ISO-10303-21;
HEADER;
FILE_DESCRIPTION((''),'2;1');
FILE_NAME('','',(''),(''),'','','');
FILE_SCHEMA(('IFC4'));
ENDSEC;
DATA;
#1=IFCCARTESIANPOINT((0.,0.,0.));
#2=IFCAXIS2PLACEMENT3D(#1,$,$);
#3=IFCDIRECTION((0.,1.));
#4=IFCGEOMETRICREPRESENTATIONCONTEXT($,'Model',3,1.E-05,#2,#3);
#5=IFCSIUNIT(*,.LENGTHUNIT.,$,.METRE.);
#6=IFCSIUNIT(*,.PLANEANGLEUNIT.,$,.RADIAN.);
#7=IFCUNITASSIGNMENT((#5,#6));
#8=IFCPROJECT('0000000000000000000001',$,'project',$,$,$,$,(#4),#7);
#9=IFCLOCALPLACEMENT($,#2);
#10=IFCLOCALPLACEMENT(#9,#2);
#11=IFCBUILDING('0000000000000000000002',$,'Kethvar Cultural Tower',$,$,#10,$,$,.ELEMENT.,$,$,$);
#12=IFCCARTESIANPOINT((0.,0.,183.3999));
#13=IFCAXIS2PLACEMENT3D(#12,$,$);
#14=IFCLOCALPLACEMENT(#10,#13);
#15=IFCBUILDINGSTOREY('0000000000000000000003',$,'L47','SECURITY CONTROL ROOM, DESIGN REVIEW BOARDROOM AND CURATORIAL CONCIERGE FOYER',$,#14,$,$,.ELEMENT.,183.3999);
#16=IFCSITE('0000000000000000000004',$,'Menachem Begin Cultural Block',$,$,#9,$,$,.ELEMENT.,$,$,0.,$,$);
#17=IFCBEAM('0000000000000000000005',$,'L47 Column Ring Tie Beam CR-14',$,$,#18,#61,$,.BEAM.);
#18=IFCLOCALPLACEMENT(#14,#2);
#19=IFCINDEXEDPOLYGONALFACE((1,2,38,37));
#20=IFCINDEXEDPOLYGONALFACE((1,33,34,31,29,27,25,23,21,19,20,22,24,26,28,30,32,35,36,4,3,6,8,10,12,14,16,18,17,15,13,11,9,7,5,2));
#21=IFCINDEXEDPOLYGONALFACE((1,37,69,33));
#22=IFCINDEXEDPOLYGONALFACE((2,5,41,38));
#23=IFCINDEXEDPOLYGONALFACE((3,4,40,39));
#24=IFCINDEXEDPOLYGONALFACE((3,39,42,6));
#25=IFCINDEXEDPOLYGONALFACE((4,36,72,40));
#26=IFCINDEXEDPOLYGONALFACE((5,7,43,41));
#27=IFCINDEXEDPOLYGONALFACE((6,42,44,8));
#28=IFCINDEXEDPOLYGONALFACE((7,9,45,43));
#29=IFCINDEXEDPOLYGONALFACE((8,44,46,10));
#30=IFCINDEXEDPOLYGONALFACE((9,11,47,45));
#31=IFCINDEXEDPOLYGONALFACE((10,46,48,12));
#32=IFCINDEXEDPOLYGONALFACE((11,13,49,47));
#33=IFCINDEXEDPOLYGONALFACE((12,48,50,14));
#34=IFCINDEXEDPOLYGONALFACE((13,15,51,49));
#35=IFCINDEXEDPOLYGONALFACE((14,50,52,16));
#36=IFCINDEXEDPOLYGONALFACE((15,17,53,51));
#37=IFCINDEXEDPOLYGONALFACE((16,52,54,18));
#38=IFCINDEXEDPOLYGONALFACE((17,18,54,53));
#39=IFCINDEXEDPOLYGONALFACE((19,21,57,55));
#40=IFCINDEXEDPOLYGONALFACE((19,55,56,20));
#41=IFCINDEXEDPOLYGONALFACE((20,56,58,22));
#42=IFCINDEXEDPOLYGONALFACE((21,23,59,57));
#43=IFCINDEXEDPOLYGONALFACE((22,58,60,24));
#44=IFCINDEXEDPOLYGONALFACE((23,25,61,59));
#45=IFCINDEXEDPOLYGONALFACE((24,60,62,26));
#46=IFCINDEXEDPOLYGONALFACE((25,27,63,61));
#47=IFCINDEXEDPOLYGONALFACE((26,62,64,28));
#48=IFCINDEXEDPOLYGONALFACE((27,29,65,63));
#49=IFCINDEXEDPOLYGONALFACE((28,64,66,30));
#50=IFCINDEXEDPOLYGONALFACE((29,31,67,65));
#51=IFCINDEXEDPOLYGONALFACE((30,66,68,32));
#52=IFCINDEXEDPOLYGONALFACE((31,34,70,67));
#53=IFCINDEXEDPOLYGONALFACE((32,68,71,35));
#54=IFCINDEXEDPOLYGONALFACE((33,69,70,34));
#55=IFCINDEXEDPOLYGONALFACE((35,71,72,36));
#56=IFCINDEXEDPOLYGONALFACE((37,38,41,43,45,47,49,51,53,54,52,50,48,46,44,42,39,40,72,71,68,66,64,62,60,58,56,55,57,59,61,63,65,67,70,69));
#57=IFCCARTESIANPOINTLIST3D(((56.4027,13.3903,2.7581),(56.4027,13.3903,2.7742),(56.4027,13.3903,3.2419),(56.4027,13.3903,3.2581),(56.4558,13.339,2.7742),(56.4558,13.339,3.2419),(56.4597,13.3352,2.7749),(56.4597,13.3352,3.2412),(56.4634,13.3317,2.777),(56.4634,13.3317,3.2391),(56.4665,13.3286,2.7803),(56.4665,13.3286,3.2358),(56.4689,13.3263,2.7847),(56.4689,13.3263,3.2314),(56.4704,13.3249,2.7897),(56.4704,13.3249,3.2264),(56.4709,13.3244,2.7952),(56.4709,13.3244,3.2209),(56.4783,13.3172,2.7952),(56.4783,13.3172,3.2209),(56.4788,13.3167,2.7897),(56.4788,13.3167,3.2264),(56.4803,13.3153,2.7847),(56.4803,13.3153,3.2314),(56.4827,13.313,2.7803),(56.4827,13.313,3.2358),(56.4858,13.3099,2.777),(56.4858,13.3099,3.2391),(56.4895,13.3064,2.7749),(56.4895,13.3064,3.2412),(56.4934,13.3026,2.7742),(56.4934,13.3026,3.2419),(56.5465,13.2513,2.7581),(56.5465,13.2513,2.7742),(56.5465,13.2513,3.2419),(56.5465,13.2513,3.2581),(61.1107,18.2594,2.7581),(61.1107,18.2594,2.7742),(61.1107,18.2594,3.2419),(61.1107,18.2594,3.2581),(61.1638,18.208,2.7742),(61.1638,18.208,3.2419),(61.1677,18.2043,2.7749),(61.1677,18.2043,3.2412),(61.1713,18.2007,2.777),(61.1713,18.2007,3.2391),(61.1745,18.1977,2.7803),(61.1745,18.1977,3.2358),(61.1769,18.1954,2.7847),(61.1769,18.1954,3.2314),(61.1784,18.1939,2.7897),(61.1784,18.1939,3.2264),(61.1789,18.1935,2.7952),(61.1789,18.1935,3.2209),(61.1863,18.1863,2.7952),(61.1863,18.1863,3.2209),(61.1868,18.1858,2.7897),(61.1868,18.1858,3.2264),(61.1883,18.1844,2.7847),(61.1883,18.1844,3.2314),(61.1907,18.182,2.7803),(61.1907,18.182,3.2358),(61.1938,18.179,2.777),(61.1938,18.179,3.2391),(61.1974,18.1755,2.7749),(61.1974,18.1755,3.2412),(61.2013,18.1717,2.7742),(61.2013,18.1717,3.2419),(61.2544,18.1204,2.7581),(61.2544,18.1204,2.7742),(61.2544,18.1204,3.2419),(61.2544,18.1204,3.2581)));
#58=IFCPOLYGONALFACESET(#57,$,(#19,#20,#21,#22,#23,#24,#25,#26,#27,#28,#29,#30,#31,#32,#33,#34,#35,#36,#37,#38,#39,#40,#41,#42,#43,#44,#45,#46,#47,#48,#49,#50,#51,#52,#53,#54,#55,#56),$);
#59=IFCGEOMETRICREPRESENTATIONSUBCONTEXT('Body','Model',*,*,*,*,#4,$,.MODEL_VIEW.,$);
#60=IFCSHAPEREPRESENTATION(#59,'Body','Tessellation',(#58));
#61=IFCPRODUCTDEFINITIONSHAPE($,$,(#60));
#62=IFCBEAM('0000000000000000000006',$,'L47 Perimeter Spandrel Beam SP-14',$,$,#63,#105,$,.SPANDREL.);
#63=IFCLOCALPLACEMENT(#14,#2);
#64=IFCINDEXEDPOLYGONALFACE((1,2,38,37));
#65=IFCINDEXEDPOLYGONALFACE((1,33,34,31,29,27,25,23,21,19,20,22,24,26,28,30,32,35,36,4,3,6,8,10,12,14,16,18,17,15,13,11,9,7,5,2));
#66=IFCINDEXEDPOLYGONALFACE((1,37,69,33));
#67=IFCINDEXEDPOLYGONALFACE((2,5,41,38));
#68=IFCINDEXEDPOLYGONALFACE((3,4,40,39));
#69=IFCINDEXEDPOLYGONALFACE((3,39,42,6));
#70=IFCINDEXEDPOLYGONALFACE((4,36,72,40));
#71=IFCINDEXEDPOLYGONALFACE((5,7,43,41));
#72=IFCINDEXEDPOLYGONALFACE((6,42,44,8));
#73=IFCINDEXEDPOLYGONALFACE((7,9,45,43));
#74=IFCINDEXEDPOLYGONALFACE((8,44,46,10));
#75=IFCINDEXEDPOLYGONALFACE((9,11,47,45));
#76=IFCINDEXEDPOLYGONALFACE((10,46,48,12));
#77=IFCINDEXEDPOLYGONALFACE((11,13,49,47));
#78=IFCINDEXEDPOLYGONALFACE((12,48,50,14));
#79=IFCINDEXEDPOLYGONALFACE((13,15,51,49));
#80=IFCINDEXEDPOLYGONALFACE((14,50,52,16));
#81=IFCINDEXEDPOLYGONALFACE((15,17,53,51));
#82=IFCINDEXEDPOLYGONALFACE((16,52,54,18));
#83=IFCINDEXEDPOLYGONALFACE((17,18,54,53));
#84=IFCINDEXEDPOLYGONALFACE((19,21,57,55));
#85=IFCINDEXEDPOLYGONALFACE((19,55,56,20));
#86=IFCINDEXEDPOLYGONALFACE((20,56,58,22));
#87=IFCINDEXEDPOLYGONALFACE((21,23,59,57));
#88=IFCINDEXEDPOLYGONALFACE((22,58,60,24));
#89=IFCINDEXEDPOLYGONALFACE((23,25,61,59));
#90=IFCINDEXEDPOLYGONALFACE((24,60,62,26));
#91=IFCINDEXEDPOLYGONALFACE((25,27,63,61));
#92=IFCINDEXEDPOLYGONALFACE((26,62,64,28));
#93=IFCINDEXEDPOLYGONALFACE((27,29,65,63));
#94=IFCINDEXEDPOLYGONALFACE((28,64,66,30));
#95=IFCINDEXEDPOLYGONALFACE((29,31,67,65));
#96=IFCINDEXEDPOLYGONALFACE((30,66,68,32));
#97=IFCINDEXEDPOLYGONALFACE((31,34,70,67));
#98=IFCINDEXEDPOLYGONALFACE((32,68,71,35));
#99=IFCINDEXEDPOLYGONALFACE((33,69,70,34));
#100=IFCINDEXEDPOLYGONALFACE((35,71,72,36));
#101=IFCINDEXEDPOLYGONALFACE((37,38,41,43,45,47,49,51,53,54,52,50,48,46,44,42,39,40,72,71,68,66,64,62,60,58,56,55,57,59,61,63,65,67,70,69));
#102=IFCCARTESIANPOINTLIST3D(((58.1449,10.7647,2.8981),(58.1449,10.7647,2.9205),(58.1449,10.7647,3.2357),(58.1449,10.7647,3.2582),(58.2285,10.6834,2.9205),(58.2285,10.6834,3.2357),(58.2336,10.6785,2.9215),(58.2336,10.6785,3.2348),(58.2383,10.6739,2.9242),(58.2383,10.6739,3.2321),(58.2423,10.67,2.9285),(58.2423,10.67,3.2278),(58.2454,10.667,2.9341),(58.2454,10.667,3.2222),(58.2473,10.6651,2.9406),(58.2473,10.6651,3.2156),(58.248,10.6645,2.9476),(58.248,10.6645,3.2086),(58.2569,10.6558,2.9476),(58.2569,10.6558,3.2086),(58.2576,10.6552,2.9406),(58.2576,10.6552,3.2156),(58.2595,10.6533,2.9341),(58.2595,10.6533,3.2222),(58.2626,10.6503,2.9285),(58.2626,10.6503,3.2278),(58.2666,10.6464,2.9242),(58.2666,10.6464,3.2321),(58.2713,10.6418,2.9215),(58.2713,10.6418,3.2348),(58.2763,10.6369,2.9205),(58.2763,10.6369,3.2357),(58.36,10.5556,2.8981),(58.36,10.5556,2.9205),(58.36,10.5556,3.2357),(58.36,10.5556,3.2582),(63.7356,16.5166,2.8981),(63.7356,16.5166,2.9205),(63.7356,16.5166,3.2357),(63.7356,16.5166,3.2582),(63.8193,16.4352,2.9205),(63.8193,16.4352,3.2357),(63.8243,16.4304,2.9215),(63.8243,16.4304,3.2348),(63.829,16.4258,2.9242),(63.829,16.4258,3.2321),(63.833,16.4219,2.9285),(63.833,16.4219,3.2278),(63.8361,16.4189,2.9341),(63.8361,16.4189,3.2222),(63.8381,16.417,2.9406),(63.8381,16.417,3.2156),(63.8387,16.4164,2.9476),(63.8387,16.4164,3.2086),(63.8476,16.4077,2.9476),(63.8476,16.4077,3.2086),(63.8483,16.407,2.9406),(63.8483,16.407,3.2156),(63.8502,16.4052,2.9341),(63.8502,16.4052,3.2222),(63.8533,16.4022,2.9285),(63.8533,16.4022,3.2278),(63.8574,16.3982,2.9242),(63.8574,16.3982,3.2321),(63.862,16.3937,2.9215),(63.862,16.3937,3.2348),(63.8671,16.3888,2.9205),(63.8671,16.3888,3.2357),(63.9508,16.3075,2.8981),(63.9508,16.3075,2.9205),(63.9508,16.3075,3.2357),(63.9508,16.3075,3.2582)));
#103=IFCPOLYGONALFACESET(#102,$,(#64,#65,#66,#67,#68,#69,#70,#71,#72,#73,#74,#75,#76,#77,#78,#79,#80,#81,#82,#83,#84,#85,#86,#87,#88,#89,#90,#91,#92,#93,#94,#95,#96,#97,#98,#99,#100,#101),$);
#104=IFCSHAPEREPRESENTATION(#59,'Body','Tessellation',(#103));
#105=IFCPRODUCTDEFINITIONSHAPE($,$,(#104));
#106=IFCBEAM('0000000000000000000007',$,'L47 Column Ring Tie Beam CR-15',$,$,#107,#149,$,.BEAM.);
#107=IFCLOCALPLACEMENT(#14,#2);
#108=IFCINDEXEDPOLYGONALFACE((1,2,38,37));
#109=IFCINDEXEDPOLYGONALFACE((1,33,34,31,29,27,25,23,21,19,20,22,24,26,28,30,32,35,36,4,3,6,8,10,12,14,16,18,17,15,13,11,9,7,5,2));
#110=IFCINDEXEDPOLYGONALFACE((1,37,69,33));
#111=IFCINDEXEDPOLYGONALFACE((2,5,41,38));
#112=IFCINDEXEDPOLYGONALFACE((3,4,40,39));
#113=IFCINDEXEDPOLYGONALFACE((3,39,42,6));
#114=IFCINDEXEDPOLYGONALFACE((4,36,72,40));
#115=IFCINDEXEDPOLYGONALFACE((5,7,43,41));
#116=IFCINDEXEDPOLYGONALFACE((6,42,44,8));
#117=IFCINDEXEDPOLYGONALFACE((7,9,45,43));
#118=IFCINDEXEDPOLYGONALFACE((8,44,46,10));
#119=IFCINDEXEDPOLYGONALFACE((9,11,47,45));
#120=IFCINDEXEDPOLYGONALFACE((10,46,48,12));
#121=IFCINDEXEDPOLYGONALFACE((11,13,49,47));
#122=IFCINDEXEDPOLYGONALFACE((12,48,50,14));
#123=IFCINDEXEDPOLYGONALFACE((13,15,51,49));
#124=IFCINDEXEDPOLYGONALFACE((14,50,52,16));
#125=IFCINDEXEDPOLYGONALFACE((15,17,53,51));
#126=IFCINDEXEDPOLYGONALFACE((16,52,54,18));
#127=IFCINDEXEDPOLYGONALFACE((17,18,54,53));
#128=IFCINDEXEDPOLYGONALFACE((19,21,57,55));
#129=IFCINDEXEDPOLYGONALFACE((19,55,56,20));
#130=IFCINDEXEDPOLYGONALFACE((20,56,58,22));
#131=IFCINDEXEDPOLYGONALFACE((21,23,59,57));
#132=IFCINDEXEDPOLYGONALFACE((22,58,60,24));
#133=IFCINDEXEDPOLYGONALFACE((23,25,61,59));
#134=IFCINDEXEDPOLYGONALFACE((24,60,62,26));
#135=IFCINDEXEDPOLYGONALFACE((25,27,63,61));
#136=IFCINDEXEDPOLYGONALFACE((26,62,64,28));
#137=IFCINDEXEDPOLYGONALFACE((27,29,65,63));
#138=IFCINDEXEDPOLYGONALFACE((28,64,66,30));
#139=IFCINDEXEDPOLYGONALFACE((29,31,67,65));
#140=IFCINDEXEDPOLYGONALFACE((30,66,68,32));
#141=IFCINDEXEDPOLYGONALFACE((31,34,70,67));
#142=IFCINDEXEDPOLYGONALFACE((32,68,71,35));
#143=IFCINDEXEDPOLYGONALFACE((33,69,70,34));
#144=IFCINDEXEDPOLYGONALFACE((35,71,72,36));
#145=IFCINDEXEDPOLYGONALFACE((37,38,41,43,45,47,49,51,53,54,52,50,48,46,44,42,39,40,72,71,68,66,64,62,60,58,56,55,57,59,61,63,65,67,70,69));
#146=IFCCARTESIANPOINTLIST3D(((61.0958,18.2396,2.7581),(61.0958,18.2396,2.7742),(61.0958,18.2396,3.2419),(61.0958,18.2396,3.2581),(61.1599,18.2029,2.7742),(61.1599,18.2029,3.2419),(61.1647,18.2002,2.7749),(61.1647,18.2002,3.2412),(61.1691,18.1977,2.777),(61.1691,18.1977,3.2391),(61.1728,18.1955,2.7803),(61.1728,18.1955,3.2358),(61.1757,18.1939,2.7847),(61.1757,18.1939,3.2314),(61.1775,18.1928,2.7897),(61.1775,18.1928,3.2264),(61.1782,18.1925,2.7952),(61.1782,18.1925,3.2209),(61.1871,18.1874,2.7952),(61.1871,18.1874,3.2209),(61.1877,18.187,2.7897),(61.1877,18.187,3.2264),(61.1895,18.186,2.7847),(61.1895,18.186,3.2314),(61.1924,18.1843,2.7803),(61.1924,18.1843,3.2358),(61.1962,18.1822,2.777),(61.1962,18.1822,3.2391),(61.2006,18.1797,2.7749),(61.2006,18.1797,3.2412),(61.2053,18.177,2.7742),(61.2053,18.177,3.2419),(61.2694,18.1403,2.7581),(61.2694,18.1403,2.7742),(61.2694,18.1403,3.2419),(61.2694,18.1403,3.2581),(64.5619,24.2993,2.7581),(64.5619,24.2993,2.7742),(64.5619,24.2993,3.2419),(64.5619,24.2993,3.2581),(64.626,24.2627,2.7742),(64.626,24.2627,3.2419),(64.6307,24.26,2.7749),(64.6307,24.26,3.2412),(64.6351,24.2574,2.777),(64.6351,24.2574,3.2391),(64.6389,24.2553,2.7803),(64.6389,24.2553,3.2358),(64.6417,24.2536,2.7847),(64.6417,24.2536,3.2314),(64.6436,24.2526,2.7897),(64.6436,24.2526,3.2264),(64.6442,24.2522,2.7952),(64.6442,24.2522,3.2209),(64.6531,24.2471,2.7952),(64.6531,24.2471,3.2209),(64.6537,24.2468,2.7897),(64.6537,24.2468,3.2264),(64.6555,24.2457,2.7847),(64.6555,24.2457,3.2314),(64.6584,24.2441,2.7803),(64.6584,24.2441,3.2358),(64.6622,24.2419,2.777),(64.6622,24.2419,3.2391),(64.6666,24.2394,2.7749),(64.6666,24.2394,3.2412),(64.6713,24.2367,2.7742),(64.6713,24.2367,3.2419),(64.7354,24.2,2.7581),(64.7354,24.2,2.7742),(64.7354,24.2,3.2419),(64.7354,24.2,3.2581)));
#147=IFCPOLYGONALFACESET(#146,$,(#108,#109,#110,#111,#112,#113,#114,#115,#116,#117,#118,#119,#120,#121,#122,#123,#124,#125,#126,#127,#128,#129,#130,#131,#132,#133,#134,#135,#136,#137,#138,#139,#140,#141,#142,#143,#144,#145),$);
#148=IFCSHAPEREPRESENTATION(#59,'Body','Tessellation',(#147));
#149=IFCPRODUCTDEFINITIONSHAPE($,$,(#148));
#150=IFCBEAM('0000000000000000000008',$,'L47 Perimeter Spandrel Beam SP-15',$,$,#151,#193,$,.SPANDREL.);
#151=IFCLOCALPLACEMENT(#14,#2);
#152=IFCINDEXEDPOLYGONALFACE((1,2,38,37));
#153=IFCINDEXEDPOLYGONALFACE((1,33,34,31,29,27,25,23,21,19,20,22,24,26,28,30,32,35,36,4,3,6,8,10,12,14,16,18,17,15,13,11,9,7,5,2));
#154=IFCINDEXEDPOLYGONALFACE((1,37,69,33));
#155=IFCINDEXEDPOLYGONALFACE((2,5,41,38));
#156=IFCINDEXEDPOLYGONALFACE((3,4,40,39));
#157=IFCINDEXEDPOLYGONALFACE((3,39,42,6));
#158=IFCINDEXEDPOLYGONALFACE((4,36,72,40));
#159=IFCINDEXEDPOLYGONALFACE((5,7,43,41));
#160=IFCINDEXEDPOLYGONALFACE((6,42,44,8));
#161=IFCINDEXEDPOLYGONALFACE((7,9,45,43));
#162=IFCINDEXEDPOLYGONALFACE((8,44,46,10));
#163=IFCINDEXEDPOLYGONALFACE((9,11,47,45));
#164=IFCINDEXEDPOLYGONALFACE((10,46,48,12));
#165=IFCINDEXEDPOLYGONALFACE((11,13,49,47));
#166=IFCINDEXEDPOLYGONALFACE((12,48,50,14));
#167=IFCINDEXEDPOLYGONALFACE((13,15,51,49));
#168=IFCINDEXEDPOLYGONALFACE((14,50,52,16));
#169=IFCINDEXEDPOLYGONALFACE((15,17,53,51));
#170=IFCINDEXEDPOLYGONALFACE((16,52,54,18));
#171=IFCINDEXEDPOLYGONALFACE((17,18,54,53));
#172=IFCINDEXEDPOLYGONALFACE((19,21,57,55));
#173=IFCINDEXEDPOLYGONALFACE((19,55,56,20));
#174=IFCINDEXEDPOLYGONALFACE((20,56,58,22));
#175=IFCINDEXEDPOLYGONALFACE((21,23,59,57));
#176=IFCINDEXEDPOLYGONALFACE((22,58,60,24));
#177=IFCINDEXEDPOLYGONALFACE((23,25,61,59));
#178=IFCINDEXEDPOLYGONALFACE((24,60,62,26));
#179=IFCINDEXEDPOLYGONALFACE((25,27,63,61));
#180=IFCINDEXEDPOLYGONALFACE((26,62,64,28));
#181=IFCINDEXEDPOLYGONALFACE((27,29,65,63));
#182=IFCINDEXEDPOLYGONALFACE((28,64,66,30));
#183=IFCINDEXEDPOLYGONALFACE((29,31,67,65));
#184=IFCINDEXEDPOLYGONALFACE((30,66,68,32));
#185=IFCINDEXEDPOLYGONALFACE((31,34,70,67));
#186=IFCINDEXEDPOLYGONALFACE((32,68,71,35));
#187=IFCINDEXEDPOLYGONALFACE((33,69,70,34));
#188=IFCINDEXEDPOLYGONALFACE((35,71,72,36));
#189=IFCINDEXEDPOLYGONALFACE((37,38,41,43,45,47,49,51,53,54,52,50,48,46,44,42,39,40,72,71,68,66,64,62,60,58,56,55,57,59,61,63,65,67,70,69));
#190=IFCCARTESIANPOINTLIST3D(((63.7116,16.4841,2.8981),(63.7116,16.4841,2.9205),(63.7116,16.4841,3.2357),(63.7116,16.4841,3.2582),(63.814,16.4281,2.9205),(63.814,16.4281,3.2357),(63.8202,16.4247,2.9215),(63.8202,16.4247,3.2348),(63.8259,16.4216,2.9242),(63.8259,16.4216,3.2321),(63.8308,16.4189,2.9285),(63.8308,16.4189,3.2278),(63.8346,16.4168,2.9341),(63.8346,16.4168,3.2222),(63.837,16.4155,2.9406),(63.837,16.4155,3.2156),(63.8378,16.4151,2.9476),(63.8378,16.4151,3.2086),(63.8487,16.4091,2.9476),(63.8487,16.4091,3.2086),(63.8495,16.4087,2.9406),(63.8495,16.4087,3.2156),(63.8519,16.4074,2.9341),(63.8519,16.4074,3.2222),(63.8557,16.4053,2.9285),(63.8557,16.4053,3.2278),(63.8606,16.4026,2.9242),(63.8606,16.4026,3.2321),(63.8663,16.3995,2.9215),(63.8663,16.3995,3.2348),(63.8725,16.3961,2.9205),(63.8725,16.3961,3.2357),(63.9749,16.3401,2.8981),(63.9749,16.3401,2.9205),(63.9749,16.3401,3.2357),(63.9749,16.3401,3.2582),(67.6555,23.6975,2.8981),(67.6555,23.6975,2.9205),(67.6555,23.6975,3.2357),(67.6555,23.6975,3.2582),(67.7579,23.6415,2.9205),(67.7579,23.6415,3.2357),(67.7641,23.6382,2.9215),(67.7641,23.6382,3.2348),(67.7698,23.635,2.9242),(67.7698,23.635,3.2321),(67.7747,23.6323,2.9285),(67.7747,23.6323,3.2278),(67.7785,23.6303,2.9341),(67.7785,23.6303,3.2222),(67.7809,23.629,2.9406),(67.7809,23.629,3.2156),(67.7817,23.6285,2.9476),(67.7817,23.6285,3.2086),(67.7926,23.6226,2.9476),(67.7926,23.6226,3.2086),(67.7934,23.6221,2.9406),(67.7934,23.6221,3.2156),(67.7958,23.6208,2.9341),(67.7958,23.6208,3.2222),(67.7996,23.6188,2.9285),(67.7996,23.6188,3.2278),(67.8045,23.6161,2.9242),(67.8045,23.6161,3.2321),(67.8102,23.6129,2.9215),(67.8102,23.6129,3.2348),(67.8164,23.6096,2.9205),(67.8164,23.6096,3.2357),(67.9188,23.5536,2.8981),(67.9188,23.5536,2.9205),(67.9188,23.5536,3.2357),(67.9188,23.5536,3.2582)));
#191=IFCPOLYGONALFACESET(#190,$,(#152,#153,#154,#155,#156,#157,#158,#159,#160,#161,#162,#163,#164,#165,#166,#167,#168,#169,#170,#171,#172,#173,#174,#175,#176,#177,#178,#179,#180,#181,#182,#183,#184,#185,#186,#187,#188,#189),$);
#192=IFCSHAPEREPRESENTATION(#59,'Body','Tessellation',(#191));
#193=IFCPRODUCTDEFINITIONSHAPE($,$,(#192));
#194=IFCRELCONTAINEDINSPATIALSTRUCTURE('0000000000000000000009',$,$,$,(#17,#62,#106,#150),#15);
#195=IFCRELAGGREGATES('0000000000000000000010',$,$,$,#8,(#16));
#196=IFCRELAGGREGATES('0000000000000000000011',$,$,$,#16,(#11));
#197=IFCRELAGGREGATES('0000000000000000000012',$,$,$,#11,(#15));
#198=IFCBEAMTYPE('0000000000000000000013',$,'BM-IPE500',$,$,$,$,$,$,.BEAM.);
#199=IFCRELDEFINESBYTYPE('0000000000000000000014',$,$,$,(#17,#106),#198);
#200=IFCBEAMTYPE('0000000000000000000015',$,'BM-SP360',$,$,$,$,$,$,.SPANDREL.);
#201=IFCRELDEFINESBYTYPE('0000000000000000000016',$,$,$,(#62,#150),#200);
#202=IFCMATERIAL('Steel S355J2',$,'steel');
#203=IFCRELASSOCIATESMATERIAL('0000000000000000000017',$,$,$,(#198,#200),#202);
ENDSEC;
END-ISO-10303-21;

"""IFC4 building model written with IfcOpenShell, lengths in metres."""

from ifc_helpers import new_model, si_unit, direction, frame, origin, origin_2d, place, context, subcontext, project, spatial, i_section, extrude, source, transform, mapped, material, material_profile, profile_set, type_object, element, save


model = new_model("IFC4")

# Units and contexts
model_context = context("Model", 3, precision=1e-05, world=origin(), true_north=direction((0.0, 1.0)))
body_context = subcontext(model_context, "Body", "Model", "MODEL_VIEW")
ifc_project = project(units=[si_unit("LENGTHUNIT", "METRE"), si_unit("PLANEANGLEUNIT", "RADIAN")], contexts=[model_context])

# Site, building, storey
site_placement = place(None, origin())
site = spatial("IfcSite", under=ifc_project, at=site_placement, Name="Menachem Begin Cultural Block", CompositionType="ELEMENT", RefElevation=0.0)
building_placement = place(site_placement, origin())
building = spatial("IfcBuilding", under=site, at=building_placement, Name="Kethvar Cultural Tower", CompositionType="ELEMENT")
storey_placement = place(building_placement, frame((0.0, 0.0, 183.3999)))
storey = spatial("IfcBuildingStorey", under=building, at=storey_placement, Name="L47", Description="SECURITY CONTROL ROOM, DESIGN REVIEW BOARDROOM AND CURATORIAL CONCIERGE FOYER", CompositionType="ELEMENT", Elevation=183.3999)

# Beams
ifc_material_1 = material(Name="Steel S355J2", Category="steel")
ifc_material_profile_1 = material_profile(ifc_material_1, i_section(OverallWidth=0.2, OverallDepth=0.5, WebThickness=0.0103, FlangeThickness=0.0161, FilletRadius=0.021, at=origin_2d()), Name="Steel S355J2 — IPE500")
ifc_profile_set_1 = profile_set([ifc_material_profile_1], Name="Steel S355J2 — IPE500")
beam_type_1 = type_object("IfcBeamType", Name="BM-IPE500", PredefinedType="BEAM", material=ifc_profile_set_1)
shared_shape_1 = source(origin(), body_context, "Body", "SweptSolid", [
    extrude(i_section(OverallWidth=0.2, OverallDepth=0.5, WebThickness=0.0103, FlangeThickness=0.0161, FilletRadius=0.021, at=origin_2d()), origin(), (0.0, 0.0, 1.0), 6.7729),
])
beam_1_placement = place(storey_placement, frame((56.4746, 13.3208, 3.0081), z_axis=(0.695112, 0.718902, 0.0), x_axis=(-0.718902, 0.695112, 0.0)))
element("IfcBeam", 1, at=beam_1_placement, inside=storey, type_object=beam_type_1, Name="L47 Column Ring Tie Beam CR-14", PredefinedType="BEAM", context=body_context, shape_type="MappedRepresentation", body=[
    mapped(shared_shape_1, transform((0.0, 0.0, 0.0), scale=1.0)),
])
ifc_material_profile_2 = material_profile(ifc_material_1, i_section(OverallWidth=0.3, OverallDepth=0.3601, WebThickness=0.0125, FlangeThickness=0.0225, FilletRadius=0.0271, at=origin_2d()), Name="Steel S355J2 — HEB360")
ifc_profile_set_2 = profile_set([ifc_material_profile_2], Name="Steel S355J2 — HEB360")
beam_type_2 = type_object("IfcBeamType", Name="BM-SP360", PredefinedType="SPANDREL", material=ifc_profile_set_2)
shared_shape_2 = source(origin(), body_context, "Body", "SweptSolid", [
    extrude(i_section(OverallWidth=0.3, OverallDepth=0.3601, WebThickness=0.0125, FlangeThickness=0.0225, FilletRadius=0.0271, at=origin_2d()), origin(), (0.0, 0.0, 1.0), 8.0212),
])
beam_2_placement = place(storey_placement, frame((58.2524, 10.6602, 3.0781), z_axis=(0.696991, 0.717079, 0.0), x_axis=(-0.717079, 0.696991, 0.0)))
element("IfcBeam", 2, at=beam_2_placement, inside=storey, type_object=beam_type_2, Name="L47 Perimeter Spandrel Beam SP-14", PredefinedType="SPANDREL", context=body_context, shape_type="MappedRepresentation", body=[
    mapped(shared_shape_2, transform((0.0, 0.0, 0.0), scale=1.0)),
])
shared_shape_3 = source(origin(), body_context, "Body", "SweptSolid", [
    extrude(i_section(OverallWidth=0.2, OverallDepth=0.5, WebThickness=0.0103, FlangeThickness=0.0161, FilletRadius=0.021, at=origin_2d()), origin(), (0.0, 0.0, 1.0), 6.981),
])
beam_3_placement = place(storey_placement, frame((61.1826, 18.1899, 3.0081), z_axis=(0.496497, 0.868039, 0.0), x_axis=(-0.868039, 0.496497, 0.0)))
element("IfcBeam", 3, at=beam_3_placement, inside=storey, type_object=beam_type_1, Name="L47 Column Ring Tie Beam CR-15", PredefinedType="BEAM", context=body_context, shape_type="MappedRepresentation", body=[
    mapped(shared_shape_3, transform((0.0, 0.0, 0.0), scale=1.0)),
])
shared_shape_4 = source(origin(), body_context, "Body", "SweptSolid", [
    extrude(i_section(OverallWidth=0.3, OverallDepth=0.3601, WebThickness=0.0125, FlangeThickness=0.0225, FilletRadius=0.0271, at=origin_2d()), origin(), (0.0, 0.0, 1.0), 8.2212),
])
beam_4_placement = place(storey_placement, frame((63.8433, 16.4121, 3.0781), z_axis=(0.479722, 0.877421, 0.0), x_axis=(-0.877421, 0.479722, 0.0)))
element("IfcBeam", 4, at=beam_4_placement, inside=storey, type_object=beam_type_2, Name="L47 Perimeter Spandrel Beam SP-15", PredefinedType="SPANDREL", context=body_context, shape_type="MappedRepresentation", body=[
    mapped(shared_shape_4, transform((0.0, 0.0, 0.0), scale=1.0)),
])

save(model, "model.ifc")
